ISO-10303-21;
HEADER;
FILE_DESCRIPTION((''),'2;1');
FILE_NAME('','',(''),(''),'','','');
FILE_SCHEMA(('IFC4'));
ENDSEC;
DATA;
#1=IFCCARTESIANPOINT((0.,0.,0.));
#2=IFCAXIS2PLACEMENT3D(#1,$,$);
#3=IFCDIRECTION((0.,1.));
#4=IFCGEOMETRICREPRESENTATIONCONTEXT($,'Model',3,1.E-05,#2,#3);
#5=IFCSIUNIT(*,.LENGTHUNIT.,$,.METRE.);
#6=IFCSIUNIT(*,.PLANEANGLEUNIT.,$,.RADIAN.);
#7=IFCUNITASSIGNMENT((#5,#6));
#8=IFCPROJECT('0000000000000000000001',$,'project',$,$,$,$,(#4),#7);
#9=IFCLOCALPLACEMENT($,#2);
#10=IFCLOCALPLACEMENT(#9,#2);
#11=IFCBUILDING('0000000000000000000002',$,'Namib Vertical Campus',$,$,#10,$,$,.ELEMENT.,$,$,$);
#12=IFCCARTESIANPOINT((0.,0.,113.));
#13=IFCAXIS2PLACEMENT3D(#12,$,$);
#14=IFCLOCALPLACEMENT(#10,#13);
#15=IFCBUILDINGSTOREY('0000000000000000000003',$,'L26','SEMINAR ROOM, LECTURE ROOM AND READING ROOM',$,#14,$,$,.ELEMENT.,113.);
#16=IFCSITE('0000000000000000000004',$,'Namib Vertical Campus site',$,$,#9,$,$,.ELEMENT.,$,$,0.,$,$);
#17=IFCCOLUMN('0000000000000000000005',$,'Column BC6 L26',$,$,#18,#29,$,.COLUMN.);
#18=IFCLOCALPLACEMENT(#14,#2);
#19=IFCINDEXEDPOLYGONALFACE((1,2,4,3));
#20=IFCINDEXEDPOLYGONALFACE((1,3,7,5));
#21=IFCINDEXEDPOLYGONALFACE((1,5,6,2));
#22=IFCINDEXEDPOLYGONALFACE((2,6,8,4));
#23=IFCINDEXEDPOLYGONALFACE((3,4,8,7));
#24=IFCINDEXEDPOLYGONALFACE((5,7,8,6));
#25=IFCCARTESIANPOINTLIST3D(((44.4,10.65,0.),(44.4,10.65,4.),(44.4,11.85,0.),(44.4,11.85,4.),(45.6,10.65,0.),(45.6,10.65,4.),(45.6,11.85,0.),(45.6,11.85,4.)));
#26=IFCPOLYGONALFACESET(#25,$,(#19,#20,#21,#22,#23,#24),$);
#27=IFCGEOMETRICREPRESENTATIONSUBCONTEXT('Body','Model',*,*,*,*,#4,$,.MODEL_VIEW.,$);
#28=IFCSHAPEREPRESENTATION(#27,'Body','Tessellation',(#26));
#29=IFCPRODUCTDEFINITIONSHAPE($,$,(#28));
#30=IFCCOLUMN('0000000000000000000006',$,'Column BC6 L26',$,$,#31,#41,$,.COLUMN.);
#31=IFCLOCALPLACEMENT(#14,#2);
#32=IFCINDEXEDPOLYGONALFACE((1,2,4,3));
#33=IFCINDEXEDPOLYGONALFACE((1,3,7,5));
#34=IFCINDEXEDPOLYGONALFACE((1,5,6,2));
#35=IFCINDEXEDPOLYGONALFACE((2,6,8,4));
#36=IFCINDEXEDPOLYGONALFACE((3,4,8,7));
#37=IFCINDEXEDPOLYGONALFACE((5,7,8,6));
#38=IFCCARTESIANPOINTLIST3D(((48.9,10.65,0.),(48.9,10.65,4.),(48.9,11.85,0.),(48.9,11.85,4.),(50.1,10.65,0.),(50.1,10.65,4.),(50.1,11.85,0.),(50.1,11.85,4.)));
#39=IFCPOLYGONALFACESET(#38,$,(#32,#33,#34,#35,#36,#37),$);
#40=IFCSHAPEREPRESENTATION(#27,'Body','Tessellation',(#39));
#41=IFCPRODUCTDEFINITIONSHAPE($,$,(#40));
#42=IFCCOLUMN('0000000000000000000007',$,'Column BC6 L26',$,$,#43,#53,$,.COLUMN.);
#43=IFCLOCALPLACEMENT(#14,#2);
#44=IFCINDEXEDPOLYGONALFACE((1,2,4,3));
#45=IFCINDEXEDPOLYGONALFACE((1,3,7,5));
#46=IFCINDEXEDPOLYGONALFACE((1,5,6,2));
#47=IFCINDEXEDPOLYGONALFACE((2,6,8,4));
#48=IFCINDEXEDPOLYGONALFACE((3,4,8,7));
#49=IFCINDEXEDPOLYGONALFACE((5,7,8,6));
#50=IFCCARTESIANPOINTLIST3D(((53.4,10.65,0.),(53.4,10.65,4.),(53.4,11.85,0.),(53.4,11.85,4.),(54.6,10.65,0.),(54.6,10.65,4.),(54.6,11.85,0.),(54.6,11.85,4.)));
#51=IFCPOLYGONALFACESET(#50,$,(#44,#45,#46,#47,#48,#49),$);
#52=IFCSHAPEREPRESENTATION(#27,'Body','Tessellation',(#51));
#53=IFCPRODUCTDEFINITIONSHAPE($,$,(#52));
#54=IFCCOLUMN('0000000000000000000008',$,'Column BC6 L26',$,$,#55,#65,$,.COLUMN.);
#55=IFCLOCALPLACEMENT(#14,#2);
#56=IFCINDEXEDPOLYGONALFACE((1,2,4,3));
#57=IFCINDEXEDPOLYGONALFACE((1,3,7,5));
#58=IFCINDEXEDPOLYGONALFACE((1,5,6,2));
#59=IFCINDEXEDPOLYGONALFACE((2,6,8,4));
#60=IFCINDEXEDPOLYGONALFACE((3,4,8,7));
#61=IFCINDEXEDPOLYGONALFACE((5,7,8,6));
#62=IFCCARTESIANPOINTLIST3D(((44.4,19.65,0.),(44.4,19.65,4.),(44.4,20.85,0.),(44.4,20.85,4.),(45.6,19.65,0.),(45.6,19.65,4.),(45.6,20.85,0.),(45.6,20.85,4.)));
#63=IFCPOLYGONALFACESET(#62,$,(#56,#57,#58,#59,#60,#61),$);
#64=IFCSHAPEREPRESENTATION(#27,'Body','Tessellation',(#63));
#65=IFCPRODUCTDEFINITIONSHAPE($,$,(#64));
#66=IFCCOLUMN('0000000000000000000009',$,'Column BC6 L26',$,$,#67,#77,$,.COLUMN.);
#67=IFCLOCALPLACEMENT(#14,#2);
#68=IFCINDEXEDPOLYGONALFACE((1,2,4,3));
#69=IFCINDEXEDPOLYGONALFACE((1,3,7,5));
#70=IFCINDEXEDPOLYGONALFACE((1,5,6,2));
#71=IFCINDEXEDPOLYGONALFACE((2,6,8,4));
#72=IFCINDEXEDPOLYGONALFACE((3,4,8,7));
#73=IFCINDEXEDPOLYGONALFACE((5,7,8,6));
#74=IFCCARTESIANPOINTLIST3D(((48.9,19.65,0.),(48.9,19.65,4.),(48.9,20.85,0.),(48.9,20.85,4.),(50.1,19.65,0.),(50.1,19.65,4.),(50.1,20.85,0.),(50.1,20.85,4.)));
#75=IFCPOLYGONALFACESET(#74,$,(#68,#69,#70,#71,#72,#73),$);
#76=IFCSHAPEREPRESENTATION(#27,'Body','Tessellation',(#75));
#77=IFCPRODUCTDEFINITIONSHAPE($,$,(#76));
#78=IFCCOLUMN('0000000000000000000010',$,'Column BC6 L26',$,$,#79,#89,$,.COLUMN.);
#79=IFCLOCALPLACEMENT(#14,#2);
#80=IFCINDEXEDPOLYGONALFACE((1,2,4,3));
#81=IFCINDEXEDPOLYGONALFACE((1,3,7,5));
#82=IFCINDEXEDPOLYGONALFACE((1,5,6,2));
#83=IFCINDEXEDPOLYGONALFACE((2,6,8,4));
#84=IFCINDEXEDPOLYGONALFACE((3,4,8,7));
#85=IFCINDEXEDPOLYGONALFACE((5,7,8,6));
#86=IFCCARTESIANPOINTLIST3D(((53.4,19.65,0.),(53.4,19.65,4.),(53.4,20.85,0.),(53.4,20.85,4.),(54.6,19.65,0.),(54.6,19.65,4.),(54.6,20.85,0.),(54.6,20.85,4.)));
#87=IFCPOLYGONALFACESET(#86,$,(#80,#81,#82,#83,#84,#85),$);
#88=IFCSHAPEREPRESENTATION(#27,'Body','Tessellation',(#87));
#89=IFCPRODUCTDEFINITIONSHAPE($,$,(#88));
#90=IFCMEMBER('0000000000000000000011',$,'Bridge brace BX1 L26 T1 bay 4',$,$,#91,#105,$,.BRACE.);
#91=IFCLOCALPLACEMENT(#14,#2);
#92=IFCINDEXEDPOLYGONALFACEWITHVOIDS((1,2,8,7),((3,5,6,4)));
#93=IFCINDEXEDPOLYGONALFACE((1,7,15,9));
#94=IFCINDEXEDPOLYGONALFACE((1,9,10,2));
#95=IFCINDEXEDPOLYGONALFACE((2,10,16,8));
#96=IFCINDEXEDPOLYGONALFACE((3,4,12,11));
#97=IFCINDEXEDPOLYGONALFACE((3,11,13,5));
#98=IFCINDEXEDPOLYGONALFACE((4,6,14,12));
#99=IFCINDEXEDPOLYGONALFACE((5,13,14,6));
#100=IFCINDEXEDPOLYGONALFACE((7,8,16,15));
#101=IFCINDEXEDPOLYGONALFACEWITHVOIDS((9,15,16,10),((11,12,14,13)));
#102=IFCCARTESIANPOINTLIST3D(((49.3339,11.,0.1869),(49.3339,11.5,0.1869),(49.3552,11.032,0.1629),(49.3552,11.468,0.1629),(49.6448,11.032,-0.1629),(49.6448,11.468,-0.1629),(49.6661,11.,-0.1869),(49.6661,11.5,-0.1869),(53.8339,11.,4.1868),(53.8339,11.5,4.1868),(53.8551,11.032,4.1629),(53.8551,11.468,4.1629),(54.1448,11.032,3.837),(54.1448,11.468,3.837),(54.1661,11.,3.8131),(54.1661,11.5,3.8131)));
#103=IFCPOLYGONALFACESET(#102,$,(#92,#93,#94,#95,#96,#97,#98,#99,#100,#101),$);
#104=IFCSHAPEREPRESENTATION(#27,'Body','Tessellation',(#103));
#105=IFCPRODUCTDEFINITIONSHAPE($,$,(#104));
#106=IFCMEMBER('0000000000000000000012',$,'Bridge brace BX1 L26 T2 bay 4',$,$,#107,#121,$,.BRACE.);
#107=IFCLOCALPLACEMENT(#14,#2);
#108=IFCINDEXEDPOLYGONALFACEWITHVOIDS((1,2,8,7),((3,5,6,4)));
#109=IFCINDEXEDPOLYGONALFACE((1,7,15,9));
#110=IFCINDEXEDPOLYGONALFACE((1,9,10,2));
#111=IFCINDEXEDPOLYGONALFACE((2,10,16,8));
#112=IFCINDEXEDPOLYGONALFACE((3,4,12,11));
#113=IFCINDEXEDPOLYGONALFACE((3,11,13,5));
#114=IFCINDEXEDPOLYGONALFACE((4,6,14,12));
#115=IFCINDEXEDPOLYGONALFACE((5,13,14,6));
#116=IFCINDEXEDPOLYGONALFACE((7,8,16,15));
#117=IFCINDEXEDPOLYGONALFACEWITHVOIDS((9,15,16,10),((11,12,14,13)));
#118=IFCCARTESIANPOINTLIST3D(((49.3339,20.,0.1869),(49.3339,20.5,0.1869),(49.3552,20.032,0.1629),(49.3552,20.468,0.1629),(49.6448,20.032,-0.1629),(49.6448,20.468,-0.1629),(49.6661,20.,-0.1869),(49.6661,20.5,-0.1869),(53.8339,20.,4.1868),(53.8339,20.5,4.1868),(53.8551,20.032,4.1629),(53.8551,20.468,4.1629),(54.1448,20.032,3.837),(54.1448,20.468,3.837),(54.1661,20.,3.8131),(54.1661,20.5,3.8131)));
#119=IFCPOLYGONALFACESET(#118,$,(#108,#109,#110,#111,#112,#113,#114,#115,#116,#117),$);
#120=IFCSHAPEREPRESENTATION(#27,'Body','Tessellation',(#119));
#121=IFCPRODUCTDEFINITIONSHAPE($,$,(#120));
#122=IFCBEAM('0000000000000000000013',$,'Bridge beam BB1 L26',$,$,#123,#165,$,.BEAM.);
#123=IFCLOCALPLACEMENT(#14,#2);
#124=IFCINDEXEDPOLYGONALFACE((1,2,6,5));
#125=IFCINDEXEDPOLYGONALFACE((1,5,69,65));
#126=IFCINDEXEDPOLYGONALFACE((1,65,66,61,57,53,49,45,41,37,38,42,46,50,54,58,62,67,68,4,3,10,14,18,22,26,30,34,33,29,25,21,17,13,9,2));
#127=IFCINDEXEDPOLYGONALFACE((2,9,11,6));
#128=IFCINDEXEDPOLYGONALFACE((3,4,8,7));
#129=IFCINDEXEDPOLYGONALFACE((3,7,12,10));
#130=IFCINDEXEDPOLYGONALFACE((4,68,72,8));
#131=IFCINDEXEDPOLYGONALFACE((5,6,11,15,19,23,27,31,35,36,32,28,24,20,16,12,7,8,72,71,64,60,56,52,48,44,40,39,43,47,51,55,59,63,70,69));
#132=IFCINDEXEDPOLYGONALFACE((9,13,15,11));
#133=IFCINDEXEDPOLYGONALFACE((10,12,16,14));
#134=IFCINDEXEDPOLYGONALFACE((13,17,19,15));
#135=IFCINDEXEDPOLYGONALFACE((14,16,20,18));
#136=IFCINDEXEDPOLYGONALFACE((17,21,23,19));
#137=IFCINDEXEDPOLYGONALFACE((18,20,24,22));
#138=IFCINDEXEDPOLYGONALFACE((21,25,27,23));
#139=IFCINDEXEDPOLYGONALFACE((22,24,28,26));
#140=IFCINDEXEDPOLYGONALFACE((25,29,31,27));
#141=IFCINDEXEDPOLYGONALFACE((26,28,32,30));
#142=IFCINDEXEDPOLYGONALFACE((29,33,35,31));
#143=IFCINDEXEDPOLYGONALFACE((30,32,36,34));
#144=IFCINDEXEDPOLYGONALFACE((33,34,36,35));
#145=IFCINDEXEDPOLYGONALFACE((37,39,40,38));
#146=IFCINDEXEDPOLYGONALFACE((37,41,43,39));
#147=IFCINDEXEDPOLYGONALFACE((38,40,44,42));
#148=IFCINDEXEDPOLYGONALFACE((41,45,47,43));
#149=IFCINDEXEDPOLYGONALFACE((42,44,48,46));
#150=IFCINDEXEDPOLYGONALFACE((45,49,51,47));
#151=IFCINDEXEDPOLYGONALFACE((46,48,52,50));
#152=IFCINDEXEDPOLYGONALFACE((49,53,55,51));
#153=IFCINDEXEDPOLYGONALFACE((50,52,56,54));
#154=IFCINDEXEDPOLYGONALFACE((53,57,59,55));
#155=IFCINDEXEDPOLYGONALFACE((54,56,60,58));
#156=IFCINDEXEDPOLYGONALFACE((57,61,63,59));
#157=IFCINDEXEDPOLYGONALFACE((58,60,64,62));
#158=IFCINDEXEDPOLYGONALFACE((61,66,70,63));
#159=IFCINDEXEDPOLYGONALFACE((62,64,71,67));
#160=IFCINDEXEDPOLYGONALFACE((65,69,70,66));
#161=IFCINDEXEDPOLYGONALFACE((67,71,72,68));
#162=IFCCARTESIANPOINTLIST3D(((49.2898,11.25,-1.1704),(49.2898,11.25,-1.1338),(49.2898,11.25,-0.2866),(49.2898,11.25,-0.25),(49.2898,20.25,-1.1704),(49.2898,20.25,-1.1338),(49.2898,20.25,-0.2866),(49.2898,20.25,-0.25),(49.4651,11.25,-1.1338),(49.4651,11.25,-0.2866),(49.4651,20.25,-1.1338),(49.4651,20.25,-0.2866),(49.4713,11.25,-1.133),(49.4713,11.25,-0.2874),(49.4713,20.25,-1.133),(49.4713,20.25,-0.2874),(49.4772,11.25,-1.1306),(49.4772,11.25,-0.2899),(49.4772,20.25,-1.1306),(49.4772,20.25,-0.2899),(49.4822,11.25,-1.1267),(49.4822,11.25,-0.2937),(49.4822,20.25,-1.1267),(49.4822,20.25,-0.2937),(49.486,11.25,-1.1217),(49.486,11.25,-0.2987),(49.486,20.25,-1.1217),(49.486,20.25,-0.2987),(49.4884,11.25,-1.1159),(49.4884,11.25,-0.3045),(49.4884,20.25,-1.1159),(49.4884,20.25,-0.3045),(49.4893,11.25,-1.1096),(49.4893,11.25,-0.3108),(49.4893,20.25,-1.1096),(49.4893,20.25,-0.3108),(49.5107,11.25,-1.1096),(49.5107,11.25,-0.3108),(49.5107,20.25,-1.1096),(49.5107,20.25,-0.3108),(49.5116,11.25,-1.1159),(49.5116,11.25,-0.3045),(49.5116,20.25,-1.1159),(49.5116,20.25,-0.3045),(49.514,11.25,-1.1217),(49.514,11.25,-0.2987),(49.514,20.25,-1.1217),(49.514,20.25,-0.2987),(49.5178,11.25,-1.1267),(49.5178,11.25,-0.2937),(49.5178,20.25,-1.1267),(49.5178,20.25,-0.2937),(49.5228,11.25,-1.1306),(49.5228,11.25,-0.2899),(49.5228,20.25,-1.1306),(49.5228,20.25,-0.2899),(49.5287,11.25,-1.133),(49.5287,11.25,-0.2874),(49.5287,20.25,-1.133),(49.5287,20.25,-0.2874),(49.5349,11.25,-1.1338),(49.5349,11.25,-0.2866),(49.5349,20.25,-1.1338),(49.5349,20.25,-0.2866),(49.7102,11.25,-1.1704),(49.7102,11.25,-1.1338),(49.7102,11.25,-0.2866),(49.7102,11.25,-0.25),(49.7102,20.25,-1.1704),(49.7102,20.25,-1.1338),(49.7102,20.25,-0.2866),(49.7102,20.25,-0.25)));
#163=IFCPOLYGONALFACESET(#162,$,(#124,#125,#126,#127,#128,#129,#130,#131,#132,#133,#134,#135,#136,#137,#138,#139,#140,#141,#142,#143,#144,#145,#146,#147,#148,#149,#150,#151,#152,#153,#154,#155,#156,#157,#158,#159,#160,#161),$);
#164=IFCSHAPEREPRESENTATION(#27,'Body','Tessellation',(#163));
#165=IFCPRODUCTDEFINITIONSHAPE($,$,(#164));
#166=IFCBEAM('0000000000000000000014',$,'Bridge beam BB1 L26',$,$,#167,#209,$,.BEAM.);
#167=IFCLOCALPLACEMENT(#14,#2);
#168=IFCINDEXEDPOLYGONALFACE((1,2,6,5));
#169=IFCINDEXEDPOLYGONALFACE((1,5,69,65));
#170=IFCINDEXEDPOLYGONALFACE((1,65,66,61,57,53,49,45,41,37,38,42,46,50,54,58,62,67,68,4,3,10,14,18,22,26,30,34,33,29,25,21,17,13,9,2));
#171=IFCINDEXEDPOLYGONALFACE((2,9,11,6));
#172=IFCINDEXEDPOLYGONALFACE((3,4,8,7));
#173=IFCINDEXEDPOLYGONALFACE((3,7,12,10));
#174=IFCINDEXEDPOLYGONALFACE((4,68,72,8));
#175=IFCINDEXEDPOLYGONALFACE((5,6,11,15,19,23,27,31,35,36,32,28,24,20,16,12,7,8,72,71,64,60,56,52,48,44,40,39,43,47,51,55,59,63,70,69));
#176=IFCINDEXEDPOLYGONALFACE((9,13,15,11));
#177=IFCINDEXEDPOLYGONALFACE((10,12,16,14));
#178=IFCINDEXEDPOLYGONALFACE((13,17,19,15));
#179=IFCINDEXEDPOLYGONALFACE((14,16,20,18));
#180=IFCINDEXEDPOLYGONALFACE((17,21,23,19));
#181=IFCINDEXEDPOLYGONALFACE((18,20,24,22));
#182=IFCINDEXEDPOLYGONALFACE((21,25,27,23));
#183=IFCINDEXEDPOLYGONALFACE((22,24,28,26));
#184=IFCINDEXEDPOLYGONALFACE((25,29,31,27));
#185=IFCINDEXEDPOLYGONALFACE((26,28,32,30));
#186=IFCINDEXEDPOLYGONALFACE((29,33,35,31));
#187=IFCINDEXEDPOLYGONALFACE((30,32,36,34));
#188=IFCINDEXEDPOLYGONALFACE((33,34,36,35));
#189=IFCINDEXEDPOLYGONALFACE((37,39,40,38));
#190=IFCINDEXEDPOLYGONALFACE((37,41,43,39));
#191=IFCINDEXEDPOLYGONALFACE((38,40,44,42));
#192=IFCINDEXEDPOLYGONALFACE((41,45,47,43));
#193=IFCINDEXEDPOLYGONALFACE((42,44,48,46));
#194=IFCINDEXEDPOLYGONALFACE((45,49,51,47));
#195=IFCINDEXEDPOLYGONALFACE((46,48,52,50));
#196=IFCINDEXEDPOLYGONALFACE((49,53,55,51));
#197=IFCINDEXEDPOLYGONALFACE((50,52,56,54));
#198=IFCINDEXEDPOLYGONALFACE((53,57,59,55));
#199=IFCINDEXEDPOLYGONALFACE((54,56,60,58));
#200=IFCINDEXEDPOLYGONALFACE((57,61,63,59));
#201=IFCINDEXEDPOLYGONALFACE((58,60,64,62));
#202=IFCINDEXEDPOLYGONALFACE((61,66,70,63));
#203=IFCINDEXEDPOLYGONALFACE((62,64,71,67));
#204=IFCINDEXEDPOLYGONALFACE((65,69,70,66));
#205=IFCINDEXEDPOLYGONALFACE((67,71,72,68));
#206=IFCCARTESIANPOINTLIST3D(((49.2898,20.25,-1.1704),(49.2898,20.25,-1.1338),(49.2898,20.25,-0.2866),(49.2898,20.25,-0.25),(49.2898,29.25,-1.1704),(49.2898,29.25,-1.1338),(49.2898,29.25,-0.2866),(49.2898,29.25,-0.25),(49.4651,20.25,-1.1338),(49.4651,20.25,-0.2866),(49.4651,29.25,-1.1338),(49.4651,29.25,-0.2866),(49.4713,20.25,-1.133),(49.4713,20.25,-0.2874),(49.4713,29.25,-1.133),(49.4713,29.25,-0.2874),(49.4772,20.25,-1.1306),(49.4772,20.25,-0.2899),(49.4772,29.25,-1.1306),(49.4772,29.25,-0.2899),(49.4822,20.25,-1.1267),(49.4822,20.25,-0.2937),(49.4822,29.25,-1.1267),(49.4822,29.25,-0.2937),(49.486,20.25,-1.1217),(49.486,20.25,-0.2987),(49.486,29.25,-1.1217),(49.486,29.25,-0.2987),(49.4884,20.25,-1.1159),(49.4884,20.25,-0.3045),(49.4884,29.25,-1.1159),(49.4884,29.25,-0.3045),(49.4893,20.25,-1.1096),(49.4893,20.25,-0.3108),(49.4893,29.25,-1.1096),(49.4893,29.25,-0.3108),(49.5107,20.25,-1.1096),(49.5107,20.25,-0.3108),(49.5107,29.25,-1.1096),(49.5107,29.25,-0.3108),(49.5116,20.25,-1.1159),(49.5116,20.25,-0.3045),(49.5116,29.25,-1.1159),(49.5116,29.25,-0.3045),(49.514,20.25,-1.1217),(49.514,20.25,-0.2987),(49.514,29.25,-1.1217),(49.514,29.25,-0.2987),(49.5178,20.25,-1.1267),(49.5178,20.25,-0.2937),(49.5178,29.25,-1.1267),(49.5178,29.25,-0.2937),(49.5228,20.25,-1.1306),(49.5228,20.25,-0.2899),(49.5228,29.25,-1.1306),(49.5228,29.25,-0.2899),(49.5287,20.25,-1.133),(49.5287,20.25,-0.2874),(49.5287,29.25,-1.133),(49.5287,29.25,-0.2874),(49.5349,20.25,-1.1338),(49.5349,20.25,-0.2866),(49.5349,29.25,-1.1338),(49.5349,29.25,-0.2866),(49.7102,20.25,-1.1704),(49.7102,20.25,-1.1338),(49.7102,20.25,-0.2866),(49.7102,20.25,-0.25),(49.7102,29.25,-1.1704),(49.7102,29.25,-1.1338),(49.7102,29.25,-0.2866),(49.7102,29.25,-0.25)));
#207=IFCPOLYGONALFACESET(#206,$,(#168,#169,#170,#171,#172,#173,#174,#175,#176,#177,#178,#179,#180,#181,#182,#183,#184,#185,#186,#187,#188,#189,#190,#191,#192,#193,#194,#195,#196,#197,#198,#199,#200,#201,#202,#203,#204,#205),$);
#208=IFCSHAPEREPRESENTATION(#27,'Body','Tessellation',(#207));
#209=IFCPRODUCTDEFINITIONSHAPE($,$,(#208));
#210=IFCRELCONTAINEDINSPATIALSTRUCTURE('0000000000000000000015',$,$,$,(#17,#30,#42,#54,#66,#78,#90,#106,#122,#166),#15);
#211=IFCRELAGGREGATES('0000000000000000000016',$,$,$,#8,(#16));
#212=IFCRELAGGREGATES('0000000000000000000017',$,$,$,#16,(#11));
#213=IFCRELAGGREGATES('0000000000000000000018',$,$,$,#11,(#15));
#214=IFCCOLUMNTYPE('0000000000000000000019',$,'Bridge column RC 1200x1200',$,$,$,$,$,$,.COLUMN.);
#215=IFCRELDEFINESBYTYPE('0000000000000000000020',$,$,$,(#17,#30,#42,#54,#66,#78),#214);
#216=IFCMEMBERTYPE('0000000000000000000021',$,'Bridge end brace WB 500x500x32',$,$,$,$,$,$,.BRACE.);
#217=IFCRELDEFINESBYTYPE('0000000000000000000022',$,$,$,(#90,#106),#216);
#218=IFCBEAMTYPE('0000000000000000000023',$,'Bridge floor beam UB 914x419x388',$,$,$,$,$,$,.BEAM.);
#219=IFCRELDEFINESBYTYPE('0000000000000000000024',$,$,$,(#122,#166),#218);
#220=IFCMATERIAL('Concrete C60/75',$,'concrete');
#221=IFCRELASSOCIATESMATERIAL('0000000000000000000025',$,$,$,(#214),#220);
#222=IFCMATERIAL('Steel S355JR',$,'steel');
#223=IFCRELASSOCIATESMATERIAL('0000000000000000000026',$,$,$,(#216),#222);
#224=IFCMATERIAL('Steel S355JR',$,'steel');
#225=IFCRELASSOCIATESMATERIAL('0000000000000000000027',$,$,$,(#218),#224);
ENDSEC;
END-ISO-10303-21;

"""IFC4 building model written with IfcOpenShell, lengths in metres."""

from ifc_helpers import new_model, si_unit, direction, frame, origin, origin_2d, place, context, subcontext, project, spatial, rectangle, hollow_rectangle, i_section, extrude, material, material_profile, profile_set, type_object, element, save


model = new_model("IFC4")

# Units and contexts
model_context = context("Model", 3, precision=1e-05, world=origin(), true_north=direction((0.0, 1.0)))
body_context = subcontext(model_context, "Body", "Model", "MODEL_VIEW")
ifc_project = project(units=[si_unit("LENGTHUNIT", "METRE"), si_unit("PLANEANGLEUNIT", "RADIAN")], contexts=[model_context])

# Site, building, storey
site_placement = place(None, origin())
site = spatial("IfcSite", under=ifc_project, at=site_placement, Name="Namib Vertical Campus site", CompositionType="ELEMENT", RefElevation=0.0)
building_placement = place(site_placement, origin())
building = spatial("IfcBuilding", under=site, at=building_placement, Name="Namib Vertical Campus", CompositionType="ELEMENT")
storey_placement = place(building_placement, frame((0.0, 0.0, 113.0)))
storey = spatial("IfcBuildingStorey", under=building, at=storey_placement, Name="L26", Description="SEMINAR ROOM, LECTURE ROOM AND READING ROOM", CompositionType="ELEMENT", Elevation=113.0)

# Columns
ifc_material_1 = material(Name="Concrete C60/75", Category="concrete")
ifc_material_profile_1 = material_profile(ifc_material_1, rectangle(XDim=1.2, YDim=1.2, at=origin_2d()))
ifc_profile_set_1 = profile_set([ifc_material_profile_1], Name="Concrete C60/75")
column_type = type_object("IfcColumnType", Name="Bridge column RC 1200x1200", PredefinedType="COLUMN", material=ifc_profile_set_1)
for number, where, z_axis, x_axis, name in (
    (1, (45.0, 11.25, 0.0), (0.0, 0.0, 1.0), (1.0, 0.0, 0.0), "Column BC6 L26"),
    (2, (49.5, 11.25, 0.0), (0.0, 0.0, 1.0), (1.0, 0.0, 0.0), "Column BC6 L26"),
    (3, (54.0, 11.25, 0.0), (0.0, 0.0, 1.0), (1.0, 0.0, 0.0), "Column BC6 L26"),
    (4, (45.0, 20.25, 0.0), (0.0, 0.0, 1.0), (1.0, 0.0, 0.0), "Column BC6 L26"),
    (5, (49.5, 20.25, 0.0), (0.0, 0.0, 1.0), (1.0, 0.0, 0.0), "Column BC6 L26"),
    (6, (54.0, 20.25, 0.0), (0.0, 0.0, 1.0), (1.0, 0.0, 0.0), "Column BC6 L26"),
):
    element("IfcColumn", number, at=place(storey_placement, frame(where, z_axis=z_axis, x_axis=x_axis)), inside=storey, type_object=column_type, Name=name, PredefinedType="COLUMN", context=body_context, shape_type="SweptSolid", body=[
        extrude(rectangle(XDim=1.2, YDim=1.2, at=origin_2d()), origin(), (0.0, 0.0, 1.0), 4.0),
    ])

# Members
ifc_material_2 = material(Name="Steel S355JR", Category="steel")
ifc_material_profile_2 = material_profile(ifc_material_2, hollow_rectangle(XDim=0.5, YDim=0.5, WallThickness=0.032, at=origin_2d()))
ifc_profile_set_2 = profile_set([ifc_material_profile_2], Name="Steel S355JR")
member_type_1 = type_object("IfcMemberType", Name="Bridge end brace WB 500x500x32", PredefinedType="BRACE", material=ifc_profile_set_2)
for number, where, z_axis, x_axis, name in (
    (7, (49.5, 11.25, 0.0), (0.747409, 0.0, 0.664364), (0.0, 1.0, 0.0), "Bridge brace BX1 L26 T1 bay 4"),
    (8, (49.5, 20.25, 0.0), (0.747409, 0.0, 0.664364), (0.0, 1.0, 0.0), "Bridge brace BX1 L26 T2 bay 4"),
):
    element("IfcMember", number, at=place(storey_placement, frame(where, z_axis=z_axis, x_axis=x_axis)), inside=storey, type_object=member_type_1, Name=name, PredefinedType="BRACE", context=body_context, shape_type="SweptSolid", body=[
        extrude(hollow_rectangle(XDim=0.5, YDim=0.5, WallThickness=0.032, at=origin_2d()), origin(), (0.0, 0.0, 1.0), 6.0208),
    ])

# Beams
ifc_material_3 = material(Name="Steel S355JR", Category="steel")
ifc_material_profile_3 = material_profile(ifc_material_3, i_section(OverallWidth=0.4204, OverallDepth=0.9204, WebThickness=0.0215, FlangeThickness=0.0366, FilletRadius=0.0242, at=origin_2d()))
ifc_profile_set_3 = profile_set([ifc_material_profile_3], Name="Steel S355JR")
beam_type_1 = type_object("IfcBeamType", Name="Bridge floor beam UB 914x419x388", PredefinedType="BEAM", material=ifc_profile_set_3)
for number, where, z_axis, x_axis, name in (
    (9, (49.5, 11.25, -0.7102), (0.0, 1.0, 0.0), (-1.0, 0.0, 0.0), "Bridge beam BB1 L26"),
    (10, (49.5, 20.25, -0.7102), (0.0, 1.0, 0.0), (-1.0, 0.0, 0.0), "Bridge beam BB1 L26"),
):
    element("IfcBeam", number, at=place(storey_placement, frame(where, z_axis=z_axis, x_axis=x_axis)), inside=storey, type_object=beam_type_1, Name=name, PredefinedType="BEAM", context=body_context, shape_type="SweptSolid", body=[
        extrude(i_section(OverallWidth=0.4204, OverallDepth=0.9204, WebThickness=0.0215, FlangeThickness=0.0366, FilletRadius=0.0242, at=origin_2d()), origin(), (0.0, 0.0, 1.0), 9.0),
    ])

save(model, "model.ifc")
